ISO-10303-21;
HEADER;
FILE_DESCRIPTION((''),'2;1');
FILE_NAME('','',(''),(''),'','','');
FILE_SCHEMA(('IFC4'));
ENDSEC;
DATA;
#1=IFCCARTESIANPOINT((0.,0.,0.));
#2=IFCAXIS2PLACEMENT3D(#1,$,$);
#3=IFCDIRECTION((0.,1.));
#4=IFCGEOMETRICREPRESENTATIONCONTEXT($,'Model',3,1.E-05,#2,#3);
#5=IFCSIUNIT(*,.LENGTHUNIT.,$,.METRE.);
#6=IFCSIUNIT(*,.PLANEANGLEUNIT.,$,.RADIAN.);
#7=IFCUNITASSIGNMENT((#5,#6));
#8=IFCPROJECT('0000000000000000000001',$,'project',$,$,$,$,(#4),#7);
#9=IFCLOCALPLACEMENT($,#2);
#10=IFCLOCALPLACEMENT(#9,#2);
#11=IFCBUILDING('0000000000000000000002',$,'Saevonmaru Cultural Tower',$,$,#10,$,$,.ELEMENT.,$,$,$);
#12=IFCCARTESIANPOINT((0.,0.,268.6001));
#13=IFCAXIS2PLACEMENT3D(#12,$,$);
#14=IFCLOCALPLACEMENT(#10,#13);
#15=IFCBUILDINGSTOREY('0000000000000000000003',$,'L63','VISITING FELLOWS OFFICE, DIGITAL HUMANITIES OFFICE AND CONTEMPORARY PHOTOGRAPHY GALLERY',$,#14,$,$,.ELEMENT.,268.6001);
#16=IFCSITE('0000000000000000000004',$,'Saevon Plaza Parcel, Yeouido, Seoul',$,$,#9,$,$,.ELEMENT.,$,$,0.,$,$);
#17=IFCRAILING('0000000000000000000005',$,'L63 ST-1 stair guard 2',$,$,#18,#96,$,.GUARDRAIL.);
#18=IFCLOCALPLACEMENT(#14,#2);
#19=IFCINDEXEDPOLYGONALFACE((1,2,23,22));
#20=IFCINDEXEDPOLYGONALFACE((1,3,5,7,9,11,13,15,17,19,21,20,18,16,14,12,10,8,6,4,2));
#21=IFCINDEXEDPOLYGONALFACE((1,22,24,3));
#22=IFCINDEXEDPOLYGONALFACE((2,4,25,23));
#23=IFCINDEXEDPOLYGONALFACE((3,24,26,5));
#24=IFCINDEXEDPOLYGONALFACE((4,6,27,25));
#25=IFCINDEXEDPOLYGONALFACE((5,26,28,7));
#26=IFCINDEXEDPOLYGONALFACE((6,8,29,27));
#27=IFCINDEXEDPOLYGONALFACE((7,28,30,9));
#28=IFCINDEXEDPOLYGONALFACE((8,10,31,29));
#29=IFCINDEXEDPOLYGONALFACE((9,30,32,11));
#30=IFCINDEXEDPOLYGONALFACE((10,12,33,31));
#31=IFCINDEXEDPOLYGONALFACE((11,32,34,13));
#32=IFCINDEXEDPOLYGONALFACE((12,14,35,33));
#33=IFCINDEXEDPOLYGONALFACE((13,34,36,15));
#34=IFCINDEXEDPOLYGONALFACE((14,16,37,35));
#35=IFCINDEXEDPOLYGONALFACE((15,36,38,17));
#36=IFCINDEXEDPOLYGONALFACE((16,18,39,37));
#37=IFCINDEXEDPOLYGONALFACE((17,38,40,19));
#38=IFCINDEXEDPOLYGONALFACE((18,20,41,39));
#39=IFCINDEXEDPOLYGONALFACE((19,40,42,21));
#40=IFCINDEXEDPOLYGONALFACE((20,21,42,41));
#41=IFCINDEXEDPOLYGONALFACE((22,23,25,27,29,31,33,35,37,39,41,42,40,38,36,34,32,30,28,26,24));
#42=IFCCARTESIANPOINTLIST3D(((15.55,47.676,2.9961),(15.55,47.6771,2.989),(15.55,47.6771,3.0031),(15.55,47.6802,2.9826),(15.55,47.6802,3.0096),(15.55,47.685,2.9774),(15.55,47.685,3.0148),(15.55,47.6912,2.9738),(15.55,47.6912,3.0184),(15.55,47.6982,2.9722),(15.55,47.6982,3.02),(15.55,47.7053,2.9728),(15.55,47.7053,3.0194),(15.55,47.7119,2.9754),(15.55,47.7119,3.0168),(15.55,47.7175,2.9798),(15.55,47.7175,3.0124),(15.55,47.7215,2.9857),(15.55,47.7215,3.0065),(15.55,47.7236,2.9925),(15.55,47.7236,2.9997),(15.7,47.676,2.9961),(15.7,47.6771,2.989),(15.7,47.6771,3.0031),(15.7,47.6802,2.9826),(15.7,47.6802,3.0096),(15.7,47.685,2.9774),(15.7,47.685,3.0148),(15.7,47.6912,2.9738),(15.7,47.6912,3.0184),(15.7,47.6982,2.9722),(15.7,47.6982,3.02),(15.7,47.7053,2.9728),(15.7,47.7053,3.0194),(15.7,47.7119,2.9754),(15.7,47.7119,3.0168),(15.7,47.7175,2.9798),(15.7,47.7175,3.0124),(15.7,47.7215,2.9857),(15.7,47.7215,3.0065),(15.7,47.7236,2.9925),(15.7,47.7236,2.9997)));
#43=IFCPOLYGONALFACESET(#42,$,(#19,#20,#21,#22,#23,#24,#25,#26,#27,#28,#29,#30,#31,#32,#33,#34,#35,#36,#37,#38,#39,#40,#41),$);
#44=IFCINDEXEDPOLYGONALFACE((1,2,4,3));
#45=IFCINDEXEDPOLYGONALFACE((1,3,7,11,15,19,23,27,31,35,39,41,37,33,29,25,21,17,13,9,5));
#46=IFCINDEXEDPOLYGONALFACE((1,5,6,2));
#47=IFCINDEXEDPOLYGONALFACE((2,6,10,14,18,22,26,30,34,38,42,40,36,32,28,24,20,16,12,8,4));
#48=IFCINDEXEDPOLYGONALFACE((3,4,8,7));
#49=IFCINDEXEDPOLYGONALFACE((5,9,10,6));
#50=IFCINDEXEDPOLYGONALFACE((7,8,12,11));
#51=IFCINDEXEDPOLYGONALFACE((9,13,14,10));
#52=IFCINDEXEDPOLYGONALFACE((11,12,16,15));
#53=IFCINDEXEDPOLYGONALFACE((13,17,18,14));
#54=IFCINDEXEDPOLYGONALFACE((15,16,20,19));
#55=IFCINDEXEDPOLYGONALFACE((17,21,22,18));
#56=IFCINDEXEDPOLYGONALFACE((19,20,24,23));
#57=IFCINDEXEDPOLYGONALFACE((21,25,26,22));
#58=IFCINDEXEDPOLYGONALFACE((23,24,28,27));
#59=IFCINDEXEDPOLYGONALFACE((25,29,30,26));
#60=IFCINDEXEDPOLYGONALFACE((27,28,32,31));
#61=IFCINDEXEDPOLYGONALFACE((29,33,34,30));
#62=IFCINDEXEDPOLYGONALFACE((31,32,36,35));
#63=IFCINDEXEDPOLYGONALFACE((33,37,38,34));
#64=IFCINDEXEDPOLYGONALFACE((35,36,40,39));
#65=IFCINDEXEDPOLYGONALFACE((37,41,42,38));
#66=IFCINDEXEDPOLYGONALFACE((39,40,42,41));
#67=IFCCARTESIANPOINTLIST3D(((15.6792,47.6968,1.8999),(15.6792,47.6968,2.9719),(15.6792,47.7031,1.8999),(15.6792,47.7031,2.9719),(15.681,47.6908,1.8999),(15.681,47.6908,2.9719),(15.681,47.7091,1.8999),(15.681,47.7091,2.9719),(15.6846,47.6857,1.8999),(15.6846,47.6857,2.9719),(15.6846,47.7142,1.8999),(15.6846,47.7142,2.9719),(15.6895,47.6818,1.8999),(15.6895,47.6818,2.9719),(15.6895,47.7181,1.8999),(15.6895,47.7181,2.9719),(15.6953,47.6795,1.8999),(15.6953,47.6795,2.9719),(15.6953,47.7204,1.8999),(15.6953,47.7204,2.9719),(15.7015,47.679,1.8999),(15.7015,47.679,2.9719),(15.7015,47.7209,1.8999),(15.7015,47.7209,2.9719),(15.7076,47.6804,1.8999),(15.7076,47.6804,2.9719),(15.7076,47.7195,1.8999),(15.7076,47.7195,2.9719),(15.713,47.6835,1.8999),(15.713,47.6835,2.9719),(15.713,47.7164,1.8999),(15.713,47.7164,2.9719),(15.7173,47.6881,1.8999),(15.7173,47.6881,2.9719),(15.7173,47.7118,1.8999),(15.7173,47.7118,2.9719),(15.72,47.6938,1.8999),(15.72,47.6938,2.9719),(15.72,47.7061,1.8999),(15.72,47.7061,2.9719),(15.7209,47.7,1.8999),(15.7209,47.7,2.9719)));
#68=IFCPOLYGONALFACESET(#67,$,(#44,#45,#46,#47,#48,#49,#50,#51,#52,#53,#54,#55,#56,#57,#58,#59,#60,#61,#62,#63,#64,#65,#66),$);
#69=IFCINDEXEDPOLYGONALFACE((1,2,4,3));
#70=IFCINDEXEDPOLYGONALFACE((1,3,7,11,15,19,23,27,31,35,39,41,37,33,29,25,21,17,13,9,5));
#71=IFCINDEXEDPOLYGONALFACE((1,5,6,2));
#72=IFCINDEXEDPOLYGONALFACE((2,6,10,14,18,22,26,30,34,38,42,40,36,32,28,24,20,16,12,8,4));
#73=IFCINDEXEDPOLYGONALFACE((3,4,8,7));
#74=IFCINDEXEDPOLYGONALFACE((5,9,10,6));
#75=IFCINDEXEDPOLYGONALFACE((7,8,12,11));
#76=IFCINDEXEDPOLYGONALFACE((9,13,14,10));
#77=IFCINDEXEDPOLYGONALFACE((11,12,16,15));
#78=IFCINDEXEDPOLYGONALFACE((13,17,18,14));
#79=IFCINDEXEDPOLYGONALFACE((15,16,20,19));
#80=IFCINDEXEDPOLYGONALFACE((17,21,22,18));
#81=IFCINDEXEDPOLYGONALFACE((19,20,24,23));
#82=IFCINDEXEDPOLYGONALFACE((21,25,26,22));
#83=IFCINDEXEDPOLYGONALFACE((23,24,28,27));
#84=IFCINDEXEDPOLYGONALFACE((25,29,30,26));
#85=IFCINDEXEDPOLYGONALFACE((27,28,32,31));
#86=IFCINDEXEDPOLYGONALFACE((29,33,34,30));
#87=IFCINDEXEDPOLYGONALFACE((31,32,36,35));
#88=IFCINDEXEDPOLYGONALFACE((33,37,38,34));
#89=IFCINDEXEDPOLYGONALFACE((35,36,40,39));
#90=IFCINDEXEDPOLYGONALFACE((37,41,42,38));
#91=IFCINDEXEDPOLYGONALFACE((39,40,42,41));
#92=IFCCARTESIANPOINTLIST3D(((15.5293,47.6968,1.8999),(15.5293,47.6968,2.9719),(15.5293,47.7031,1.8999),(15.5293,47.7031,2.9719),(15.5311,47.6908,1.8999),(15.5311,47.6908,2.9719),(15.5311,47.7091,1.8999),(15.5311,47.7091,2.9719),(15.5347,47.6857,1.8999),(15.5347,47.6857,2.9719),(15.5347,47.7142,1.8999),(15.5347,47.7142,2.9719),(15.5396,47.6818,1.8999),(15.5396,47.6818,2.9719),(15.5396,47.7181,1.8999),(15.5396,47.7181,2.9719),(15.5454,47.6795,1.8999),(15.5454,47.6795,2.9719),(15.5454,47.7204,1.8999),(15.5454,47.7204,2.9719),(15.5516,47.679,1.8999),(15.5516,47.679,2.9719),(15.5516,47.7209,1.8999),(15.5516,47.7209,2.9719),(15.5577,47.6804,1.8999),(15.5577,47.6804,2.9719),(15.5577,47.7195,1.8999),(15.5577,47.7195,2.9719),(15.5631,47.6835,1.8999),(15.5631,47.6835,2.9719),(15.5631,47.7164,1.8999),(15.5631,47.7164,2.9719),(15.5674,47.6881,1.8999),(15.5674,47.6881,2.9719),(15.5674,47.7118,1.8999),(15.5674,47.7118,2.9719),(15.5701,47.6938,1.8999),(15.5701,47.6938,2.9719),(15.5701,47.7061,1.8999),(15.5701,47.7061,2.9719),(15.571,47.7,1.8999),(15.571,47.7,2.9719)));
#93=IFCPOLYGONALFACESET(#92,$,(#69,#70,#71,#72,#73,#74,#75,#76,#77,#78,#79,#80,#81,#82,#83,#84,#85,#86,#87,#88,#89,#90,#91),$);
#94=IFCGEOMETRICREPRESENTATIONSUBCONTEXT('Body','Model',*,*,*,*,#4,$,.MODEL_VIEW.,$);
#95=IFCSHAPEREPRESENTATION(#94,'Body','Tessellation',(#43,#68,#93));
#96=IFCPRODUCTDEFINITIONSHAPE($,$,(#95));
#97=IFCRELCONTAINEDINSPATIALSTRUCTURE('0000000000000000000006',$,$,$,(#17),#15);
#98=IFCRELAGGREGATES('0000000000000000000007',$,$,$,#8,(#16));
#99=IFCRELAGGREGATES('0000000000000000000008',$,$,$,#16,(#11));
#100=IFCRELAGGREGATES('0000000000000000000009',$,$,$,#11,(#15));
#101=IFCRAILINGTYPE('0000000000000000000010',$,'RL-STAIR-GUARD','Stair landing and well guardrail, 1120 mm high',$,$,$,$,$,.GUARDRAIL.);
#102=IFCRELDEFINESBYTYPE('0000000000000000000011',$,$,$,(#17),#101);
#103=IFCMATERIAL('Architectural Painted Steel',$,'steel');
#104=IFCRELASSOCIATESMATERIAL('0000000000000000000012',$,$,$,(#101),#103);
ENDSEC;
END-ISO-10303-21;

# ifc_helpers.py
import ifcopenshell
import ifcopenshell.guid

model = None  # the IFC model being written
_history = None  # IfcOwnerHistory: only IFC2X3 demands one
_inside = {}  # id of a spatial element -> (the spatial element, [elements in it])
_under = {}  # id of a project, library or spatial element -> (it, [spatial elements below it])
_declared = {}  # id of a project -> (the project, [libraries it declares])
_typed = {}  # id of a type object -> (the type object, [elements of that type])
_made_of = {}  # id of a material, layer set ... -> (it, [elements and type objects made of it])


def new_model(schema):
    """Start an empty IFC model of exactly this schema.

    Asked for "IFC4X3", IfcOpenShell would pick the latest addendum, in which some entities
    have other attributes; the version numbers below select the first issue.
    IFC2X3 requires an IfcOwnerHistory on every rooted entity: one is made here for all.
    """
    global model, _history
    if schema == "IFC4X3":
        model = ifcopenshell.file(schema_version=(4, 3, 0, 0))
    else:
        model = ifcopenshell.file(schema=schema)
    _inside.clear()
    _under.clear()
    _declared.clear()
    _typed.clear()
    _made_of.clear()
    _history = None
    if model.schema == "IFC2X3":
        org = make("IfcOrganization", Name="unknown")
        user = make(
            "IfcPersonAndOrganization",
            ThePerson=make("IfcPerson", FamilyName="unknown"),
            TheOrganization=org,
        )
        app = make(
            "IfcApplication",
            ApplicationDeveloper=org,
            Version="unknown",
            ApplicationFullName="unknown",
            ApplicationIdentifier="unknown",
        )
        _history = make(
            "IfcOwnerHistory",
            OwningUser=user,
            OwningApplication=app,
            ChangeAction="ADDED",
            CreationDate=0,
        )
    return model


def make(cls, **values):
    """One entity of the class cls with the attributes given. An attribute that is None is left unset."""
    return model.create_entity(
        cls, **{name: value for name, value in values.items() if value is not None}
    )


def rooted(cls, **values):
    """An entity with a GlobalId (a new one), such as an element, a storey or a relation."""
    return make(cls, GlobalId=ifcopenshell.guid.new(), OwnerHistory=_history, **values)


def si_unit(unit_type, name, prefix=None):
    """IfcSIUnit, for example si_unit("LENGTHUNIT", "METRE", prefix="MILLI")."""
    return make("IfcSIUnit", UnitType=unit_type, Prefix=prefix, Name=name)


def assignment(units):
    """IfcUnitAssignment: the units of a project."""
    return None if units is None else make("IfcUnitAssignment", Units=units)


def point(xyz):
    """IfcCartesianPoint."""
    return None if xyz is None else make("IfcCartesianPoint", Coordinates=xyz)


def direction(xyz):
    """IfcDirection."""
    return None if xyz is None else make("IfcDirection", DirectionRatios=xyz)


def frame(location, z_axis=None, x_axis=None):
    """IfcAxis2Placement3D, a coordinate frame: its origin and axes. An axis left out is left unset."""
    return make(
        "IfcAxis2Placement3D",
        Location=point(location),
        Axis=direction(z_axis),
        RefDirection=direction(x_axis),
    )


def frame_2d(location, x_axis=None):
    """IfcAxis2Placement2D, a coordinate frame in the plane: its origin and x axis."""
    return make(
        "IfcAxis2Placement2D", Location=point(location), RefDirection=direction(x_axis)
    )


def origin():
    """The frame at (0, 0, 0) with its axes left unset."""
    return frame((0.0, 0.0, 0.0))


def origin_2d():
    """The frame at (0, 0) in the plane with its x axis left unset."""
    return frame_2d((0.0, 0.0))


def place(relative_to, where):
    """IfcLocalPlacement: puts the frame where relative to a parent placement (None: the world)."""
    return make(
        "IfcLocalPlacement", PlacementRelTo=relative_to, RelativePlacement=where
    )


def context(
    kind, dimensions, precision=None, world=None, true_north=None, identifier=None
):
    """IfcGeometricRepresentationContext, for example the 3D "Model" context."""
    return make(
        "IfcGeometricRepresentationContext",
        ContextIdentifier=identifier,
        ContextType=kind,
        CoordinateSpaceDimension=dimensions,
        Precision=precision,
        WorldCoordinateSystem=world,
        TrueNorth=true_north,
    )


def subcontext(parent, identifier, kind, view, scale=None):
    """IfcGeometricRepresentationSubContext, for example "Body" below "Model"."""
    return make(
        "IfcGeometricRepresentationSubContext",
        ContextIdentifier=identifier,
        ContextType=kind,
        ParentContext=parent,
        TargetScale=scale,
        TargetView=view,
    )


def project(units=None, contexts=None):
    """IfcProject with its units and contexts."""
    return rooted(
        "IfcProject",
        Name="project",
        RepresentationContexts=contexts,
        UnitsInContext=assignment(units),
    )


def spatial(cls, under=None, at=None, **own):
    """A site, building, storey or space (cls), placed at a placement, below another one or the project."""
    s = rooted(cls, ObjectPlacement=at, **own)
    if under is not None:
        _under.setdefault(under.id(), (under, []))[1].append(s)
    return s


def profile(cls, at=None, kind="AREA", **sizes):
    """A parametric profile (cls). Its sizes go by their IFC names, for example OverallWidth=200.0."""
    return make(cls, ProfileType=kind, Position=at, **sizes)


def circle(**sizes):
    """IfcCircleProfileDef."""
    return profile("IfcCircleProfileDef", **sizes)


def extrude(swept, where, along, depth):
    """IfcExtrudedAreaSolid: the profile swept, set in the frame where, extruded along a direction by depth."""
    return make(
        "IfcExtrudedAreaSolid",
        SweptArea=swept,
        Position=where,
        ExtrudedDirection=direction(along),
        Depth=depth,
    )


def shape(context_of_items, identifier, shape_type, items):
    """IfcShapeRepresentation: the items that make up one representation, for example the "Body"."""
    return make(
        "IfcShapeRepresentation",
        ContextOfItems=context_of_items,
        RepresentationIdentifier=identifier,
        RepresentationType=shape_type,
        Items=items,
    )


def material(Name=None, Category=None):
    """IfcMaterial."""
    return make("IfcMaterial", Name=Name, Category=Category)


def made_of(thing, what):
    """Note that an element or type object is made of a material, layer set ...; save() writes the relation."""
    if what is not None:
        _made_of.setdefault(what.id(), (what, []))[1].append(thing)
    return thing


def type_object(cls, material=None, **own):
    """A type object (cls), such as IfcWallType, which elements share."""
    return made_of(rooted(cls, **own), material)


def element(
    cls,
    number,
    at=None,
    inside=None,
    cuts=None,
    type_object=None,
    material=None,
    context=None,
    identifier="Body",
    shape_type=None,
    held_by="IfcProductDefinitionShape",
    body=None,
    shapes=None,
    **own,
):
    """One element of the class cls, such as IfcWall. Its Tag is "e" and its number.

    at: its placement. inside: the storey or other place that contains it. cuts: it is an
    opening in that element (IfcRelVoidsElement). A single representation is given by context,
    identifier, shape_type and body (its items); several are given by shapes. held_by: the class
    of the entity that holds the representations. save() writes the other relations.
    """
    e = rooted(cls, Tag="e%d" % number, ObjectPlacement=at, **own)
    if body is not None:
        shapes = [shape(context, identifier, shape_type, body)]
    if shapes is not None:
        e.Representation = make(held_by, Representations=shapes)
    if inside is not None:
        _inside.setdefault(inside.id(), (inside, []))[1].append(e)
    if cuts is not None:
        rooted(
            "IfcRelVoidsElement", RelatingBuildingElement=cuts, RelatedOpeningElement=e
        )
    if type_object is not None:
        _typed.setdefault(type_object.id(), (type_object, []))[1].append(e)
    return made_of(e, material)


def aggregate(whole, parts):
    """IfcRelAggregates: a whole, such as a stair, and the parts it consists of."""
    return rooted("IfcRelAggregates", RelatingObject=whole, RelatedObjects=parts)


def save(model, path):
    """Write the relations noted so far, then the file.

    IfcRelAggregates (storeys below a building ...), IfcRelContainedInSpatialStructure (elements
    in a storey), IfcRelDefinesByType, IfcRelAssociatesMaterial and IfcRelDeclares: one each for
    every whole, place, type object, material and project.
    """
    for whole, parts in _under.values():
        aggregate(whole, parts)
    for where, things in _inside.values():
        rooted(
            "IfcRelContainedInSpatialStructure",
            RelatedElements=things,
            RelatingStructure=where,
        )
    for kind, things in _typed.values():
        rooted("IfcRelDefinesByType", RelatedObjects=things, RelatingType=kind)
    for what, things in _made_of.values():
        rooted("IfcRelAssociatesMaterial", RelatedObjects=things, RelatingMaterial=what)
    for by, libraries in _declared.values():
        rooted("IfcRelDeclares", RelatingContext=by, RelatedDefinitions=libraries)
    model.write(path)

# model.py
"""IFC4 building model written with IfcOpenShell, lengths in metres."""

from ifc_helpers import new_model, si_unit, direction, frame, origin, origin_2d, place, context, subcontext, project, spatial, circle, extrude, material, type_object, element, save


model = new_model("IFC4")

# Units and contexts
model_context = context("Model", 3, precision=1e-05, world=origin(), true_north=direction((0.0, 1.0)))
body_context = subcontext(model_context, "Body", "Model", "MODEL_VIEW")
ifc_project = project(units=[si_unit("LENGTHUNIT", "METRE"), si_unit("PLANEANGLEUNIT", "RADIAN")], contexts=[model_context])

# Site, building, storey
site_placement = place(None, origin())
site = spatial("IfcSite", under=ifc_project, at=site_placement, Name="Saevon Plaza Parcel, Yeouido, Seoul", CompositionType="ELEMENT", RefElevation=0.0)
building_placement = place(site_placement, origin())
building = spatial("IfcBuilding", under=site, at=building_placement, Name="Saevonmaru Cultural Tower", CompositionType="ELEMENT")
storey_placement = place(building_placement, frame((0.0, 0.0, 268.6001)))
storey = spatial("IfcBuildingStorey", under=building, at=storey_placement, Name="L63", Description="VISITING FELLOWS OFFICE, DIGITAL HUMANITIES OFFICE AND CONTEMPORARY PHOTOGRAPHY GALLERY", CompositionType="ELEMENT", Elevation=268.6001)

# Railing
ifc_material_1 = material(Name="Architectural Painted Steel", Category="steel")
railing_type_1 = type_object("IfcRailingType", Name="RL-STAIR-GUARD", Description="Stair landing and well guardrail, 1120 mm high", PredefinedType="GUARDRAIL", material=ifc_material_1)
railing_1_placement = place(storey_placement, frame((15.7, 47.7, 1.8999)))
element("IfcRailing", 1, at=railing_1_placement, inside=storey, type_object=railing_type_1, Name="L63 ST-1 stair guard 2", PredefinedType="GUARDRAIL", context=body_context, shape_type="SweptSolid", body=[
    extrude(circle(Radius=0.0239, at=origin_2d()), frame((0.0, 0.0, 1.0962), z_axis=(-1.0, 0.0, 0.0), x_axis=(0.0, -1.0, 0.0)), (0.0, 0.0, 1.0), 0.1499),
    extrude(circle(Radius=0.021, at=origin_2d()), origin(), (0.0, 0.0, 1.0), 1.072),
    extrude(circle(Radius=0.021, at=origin_2d()), frame((-0.1499, 0.0, 0.0)), (0.0, 0.0, 1.0), 1.072),
])

save(model, "model.ifc")
